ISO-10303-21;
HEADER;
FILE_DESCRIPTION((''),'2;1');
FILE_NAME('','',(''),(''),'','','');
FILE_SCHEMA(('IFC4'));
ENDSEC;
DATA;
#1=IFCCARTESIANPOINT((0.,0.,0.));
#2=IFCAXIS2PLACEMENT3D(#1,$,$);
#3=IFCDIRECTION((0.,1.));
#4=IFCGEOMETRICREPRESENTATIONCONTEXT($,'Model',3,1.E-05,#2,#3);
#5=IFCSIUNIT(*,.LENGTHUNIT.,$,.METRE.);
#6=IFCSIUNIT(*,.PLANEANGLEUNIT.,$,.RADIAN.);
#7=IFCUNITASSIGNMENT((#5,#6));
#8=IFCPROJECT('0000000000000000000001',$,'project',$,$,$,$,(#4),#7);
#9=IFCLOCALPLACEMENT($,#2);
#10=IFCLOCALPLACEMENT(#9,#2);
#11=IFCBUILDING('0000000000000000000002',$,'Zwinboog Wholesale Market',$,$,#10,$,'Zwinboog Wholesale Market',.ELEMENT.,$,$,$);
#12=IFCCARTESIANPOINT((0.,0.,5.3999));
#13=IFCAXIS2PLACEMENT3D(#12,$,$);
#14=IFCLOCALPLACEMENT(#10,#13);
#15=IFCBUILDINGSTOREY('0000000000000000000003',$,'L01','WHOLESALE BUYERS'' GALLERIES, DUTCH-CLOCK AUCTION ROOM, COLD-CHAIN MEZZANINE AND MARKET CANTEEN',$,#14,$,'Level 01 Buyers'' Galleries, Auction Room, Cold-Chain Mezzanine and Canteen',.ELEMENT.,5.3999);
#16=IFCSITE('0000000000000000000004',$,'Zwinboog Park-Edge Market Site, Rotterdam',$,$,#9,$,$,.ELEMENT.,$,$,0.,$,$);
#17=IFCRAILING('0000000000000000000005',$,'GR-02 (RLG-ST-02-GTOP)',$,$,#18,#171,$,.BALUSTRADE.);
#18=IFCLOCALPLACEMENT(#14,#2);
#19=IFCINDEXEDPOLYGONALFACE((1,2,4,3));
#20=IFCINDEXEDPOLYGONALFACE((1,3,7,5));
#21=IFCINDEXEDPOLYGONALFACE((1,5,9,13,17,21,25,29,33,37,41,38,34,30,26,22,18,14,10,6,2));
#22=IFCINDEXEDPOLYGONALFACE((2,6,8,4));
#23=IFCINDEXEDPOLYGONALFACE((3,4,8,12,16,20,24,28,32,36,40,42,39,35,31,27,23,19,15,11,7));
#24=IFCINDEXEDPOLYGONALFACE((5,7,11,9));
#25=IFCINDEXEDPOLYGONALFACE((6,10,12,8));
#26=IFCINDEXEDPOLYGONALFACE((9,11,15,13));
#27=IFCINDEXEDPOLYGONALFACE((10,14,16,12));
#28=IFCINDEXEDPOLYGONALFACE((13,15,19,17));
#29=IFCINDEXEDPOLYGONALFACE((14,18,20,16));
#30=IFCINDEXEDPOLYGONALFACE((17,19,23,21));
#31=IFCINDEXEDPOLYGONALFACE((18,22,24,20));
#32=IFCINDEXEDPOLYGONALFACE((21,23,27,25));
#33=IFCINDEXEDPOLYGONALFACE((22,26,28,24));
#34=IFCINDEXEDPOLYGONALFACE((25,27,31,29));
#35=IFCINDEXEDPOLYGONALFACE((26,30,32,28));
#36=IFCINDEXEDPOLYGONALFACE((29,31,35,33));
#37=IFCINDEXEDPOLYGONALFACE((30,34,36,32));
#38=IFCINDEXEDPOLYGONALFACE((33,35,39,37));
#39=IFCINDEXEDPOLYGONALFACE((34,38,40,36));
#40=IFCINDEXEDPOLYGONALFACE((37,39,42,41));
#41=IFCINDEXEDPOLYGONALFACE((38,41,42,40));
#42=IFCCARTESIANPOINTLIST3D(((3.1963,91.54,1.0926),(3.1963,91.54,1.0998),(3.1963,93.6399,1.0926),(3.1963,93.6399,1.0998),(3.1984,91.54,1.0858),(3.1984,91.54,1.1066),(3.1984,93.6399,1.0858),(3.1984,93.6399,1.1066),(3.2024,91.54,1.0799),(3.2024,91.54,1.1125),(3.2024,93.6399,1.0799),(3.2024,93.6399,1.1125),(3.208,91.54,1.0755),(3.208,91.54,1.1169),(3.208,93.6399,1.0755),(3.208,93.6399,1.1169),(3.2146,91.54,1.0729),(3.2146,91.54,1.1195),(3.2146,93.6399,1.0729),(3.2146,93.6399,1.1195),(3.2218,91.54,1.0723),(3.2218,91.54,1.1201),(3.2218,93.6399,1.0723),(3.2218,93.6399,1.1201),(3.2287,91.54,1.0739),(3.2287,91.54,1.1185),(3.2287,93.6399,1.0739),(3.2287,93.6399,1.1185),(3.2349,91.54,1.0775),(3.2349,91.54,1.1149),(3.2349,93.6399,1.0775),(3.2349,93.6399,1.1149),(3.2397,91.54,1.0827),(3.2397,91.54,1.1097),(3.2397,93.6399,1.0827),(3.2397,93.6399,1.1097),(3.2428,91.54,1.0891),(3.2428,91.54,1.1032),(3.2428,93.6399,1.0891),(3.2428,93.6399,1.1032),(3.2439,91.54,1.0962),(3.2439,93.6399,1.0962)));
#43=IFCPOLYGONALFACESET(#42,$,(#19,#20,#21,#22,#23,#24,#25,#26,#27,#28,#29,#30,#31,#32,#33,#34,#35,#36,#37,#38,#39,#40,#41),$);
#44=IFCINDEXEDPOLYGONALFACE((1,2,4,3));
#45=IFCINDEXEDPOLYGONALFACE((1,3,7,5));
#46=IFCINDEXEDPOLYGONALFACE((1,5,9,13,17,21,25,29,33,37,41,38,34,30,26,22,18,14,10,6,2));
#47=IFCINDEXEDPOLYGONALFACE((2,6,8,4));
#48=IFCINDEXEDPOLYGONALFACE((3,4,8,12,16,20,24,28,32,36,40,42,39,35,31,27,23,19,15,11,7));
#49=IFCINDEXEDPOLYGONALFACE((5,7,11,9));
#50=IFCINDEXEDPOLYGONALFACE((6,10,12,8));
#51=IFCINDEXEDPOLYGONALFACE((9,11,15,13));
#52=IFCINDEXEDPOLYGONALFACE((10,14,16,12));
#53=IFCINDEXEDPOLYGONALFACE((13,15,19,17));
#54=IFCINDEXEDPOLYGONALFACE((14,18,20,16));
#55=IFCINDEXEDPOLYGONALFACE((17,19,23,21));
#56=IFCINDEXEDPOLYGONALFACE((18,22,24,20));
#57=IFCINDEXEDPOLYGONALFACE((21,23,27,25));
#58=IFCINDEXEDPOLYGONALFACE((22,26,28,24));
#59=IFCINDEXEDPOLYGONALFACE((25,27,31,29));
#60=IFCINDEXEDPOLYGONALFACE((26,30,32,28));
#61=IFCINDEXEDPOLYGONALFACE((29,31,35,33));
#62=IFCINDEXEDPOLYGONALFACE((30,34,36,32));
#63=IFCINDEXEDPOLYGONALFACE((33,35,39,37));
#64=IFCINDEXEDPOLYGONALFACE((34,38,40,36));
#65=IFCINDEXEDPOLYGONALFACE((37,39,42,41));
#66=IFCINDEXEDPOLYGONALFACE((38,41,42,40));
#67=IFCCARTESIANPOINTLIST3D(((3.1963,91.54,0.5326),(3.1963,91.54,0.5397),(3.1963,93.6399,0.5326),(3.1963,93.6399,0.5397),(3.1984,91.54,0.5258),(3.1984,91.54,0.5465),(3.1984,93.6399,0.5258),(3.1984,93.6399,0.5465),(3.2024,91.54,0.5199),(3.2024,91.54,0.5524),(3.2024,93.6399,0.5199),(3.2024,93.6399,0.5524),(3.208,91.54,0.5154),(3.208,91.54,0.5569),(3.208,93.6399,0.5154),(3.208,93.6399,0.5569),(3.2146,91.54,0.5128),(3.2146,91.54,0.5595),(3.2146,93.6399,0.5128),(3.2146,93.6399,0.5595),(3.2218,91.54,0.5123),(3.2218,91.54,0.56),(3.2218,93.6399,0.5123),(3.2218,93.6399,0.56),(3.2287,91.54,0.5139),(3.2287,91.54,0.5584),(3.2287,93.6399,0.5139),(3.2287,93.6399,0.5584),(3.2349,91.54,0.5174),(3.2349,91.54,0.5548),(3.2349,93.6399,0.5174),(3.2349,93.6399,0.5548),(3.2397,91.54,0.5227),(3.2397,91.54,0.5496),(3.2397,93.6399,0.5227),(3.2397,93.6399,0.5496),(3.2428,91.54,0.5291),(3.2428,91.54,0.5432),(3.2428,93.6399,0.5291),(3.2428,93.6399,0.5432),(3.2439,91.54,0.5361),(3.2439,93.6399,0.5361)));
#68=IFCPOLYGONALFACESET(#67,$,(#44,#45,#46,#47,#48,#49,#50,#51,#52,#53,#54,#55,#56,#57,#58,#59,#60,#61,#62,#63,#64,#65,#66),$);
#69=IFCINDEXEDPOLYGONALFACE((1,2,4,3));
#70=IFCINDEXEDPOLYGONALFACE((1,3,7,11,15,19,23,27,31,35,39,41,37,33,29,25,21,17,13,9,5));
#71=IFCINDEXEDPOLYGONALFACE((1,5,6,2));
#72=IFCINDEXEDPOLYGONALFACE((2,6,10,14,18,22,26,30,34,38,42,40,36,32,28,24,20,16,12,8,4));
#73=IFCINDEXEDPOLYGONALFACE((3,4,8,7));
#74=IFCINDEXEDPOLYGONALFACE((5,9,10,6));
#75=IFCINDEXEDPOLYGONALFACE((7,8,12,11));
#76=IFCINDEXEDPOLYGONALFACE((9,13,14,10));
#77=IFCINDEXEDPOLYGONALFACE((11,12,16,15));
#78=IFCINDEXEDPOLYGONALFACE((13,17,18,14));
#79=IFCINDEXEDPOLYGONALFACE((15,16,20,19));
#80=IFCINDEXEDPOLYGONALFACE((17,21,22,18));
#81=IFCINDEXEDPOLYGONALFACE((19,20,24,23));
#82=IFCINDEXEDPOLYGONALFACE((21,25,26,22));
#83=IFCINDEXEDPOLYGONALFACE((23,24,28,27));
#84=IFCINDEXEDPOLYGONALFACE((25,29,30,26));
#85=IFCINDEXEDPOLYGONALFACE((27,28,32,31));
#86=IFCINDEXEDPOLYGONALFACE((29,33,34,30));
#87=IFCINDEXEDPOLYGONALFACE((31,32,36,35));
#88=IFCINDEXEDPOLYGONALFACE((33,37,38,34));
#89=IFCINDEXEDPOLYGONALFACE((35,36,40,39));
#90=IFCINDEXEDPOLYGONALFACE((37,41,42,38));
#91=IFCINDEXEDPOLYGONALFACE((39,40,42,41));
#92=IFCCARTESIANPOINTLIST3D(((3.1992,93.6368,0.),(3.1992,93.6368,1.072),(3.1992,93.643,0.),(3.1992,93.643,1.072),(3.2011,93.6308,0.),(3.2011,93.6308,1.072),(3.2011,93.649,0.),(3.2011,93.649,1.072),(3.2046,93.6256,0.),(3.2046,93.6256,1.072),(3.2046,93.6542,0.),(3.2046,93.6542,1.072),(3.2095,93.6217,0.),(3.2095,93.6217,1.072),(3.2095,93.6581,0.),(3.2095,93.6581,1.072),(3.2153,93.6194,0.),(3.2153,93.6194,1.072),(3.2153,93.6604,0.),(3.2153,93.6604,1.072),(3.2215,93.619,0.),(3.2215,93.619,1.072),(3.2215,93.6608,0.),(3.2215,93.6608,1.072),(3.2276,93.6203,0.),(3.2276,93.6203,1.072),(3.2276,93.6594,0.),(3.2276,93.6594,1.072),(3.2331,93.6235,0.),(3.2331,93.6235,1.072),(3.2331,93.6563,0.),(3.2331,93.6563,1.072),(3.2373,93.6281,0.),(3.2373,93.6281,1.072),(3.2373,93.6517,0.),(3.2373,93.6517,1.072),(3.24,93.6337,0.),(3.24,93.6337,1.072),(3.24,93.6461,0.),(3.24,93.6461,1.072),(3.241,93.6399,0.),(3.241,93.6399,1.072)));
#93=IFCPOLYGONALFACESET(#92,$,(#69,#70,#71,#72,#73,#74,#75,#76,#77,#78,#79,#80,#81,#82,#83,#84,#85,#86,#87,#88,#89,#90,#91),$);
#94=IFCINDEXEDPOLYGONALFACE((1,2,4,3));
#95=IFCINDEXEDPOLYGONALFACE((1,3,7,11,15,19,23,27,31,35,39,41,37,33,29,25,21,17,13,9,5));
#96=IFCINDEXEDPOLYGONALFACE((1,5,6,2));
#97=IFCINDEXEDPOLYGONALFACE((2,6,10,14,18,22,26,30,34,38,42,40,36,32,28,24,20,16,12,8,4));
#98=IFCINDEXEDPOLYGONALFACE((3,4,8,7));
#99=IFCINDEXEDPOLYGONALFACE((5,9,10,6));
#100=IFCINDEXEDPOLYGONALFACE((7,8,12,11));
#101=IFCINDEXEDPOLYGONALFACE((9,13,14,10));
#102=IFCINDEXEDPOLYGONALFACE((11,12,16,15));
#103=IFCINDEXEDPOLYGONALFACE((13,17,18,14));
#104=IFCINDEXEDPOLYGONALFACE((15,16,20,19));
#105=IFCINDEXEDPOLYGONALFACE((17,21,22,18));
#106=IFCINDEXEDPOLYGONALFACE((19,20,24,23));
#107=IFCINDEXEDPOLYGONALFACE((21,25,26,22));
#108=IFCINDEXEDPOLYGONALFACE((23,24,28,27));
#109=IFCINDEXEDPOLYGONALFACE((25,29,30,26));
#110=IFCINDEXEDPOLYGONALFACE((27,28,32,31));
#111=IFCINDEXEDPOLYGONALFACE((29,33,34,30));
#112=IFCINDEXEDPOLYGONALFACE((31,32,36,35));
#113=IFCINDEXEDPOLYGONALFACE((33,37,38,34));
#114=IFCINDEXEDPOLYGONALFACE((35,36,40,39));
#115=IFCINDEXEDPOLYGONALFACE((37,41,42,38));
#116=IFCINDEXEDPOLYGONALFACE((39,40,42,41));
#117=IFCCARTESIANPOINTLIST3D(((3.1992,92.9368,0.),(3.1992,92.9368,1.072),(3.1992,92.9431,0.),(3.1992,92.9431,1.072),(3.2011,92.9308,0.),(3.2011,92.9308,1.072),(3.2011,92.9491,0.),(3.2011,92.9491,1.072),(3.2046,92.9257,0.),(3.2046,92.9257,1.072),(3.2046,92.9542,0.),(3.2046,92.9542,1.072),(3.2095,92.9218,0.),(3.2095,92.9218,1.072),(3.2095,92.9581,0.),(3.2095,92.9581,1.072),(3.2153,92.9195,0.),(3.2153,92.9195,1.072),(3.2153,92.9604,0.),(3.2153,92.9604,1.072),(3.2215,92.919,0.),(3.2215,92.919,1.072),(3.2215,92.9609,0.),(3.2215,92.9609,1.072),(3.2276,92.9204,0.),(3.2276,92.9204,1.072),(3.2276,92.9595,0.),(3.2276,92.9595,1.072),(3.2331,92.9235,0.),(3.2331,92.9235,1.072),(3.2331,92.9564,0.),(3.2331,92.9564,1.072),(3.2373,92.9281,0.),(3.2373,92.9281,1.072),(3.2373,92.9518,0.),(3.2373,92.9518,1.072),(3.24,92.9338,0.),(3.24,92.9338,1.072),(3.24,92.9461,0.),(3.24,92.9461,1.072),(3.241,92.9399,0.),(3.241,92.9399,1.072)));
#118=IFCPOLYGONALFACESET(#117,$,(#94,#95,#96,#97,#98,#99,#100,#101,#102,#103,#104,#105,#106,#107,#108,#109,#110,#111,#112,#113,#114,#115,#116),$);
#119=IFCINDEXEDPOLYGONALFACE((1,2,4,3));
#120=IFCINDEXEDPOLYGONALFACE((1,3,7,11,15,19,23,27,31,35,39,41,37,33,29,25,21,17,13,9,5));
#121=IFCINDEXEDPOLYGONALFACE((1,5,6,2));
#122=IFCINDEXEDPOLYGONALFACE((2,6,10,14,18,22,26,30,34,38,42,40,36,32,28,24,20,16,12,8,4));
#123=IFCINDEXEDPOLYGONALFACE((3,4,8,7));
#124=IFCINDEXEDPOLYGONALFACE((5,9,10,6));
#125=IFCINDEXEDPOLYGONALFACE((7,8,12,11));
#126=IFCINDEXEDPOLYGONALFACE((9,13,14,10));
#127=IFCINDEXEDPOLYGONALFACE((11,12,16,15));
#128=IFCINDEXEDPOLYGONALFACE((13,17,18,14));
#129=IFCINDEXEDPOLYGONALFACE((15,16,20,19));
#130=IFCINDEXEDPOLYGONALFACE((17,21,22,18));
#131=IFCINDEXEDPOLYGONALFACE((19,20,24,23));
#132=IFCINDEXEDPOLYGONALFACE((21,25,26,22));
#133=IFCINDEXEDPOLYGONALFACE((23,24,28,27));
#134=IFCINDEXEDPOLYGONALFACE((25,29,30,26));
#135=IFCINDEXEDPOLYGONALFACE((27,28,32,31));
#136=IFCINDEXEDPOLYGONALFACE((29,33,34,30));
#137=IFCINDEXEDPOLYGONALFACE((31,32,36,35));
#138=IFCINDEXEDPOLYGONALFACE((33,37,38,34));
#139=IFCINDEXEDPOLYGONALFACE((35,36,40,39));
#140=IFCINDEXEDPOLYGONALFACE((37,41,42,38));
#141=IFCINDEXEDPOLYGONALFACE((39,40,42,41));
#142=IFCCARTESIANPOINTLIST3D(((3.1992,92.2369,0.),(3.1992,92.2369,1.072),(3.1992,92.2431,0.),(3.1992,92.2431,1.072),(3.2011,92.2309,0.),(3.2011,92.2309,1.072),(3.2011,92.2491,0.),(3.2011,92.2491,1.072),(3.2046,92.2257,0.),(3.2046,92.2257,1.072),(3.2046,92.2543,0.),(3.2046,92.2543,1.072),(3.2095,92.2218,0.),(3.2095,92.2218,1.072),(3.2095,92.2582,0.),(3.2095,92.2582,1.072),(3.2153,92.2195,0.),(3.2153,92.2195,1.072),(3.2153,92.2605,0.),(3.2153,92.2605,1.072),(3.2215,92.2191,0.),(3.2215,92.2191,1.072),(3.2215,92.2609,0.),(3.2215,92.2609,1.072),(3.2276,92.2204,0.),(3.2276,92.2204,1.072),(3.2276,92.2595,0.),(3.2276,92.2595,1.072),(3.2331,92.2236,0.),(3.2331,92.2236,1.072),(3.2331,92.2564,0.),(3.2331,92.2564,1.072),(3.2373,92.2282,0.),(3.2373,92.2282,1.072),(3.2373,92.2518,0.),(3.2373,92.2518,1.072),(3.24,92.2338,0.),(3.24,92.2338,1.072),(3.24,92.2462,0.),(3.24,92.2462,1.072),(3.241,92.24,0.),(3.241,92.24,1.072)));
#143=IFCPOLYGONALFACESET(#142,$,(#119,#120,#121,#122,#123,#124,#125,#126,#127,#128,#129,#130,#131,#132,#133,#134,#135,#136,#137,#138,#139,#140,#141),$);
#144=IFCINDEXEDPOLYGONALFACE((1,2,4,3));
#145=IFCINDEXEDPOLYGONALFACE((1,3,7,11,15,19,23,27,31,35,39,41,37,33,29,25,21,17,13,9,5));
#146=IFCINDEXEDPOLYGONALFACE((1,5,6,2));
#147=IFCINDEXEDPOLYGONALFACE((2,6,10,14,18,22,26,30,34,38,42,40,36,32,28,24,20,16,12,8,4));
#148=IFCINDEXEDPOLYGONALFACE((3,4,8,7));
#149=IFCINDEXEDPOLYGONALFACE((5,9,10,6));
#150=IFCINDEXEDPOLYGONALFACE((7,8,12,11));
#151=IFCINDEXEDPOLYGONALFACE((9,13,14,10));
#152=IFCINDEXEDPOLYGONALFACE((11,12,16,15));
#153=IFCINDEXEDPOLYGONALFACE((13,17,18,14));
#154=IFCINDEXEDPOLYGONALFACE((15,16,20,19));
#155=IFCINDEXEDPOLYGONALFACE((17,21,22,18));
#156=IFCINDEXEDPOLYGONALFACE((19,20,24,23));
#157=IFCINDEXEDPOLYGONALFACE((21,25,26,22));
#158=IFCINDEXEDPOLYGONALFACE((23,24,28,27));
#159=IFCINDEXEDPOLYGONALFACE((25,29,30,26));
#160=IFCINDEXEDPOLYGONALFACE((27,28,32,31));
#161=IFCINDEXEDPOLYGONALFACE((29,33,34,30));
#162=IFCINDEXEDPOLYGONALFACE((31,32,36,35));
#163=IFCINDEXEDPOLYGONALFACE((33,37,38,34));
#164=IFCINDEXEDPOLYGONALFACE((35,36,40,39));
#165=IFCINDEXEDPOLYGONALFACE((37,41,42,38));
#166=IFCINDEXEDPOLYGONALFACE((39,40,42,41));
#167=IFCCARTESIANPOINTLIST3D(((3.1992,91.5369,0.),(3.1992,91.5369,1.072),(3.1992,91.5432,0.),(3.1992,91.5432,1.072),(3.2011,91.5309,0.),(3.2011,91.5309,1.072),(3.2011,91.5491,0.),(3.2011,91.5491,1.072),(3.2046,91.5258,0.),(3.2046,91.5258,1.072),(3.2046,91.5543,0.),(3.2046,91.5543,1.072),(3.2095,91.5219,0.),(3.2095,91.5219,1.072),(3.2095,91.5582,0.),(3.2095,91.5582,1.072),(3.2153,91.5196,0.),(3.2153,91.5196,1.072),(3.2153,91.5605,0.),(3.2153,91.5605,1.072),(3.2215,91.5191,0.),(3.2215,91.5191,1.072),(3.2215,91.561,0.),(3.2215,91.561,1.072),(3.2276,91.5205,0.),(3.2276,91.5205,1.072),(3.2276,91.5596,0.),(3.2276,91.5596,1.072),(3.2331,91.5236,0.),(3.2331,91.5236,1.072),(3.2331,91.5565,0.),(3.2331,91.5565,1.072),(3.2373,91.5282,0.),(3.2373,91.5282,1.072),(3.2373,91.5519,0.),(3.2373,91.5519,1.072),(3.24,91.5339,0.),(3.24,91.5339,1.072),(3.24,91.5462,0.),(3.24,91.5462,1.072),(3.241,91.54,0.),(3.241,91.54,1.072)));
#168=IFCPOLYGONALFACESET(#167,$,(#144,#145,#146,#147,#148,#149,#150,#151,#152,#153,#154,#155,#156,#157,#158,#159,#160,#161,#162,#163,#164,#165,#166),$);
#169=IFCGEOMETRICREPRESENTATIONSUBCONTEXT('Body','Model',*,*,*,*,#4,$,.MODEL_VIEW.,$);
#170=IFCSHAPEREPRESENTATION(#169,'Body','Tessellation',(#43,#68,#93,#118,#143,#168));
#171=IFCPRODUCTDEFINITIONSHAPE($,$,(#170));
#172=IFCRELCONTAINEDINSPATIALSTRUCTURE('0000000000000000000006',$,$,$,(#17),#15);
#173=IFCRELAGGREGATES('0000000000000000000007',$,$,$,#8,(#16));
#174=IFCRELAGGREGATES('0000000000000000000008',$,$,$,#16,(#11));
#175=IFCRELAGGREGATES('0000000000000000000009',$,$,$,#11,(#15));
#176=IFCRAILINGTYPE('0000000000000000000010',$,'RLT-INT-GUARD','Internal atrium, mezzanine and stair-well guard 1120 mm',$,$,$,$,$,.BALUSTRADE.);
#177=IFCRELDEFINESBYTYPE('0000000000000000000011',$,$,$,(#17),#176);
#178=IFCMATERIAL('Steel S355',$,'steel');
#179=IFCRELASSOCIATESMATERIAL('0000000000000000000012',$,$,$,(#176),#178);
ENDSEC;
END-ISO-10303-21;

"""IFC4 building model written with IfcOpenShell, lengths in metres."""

from ifc_helpers import new_model, si_unit, direction, frame, origin, origin_2d, place, context, subcontext, project, spatial, circle, extrude, material, type_object, element, save


model = new_model("IFC4")

# Units and contexts
model_context = context("Model", 3, precision=1e-05, world=origin(), true_north=direction((0.0, 1.0)))
body_context = subcontext(model_context, "Body", "Model", "MODEL_VIEW")
ifc_project = project(units=[si_unit("LENGTHUNIT", "METRE"), si_unit("PLANEANGLEUNIT", "RADIAN")], contexts=[model_context])

# Site, building, storey
site_placement = place(None, origin())
site = spatial("IfcSite", under=ifc_project, at=site_placement, Name="Zwinboog Park-Edge Market Site, Rotterdam", CompositionType="ELEMENT", RefElevation=0.0)
building_placement = place(site_placement, origin())
building = spatial("IfcBuilding", under=site, at=building_placement, Name="Zwinboog Wholesale Market", LongName="Zwinboog Wholesale Market", CompositionType="ELEMENT")
storey_placement = place(building_placement, frame((0.0, 0.0, 5.3999)))
storey = spatial("IfcBuildingStorey", under=building, at=storey_placement, Name="L01", Description="WHOLESALE BUYERS' GALLERIES, DUTCH-CLOCK AUCTION ROOM, COLD-CHAIN MEZZANINE AND MARKET CANTEEN", LongName="Level 01 Buyers' Galleries, Auction Room, Cold-Chain Mezzanine and Canteen", CompositionType="ELEMENT", Elevation=5.3999)

# Shared definitions
ifc_material_1 = material(Name="Steel S355", Category="steel")

# Railing
railing_type = type_object("IfcRailingType", Name="RLT-INT-GUARD", Description="Internal atrium, mezzanine and stair-well guard 1120 mm", PredefinedType="BALUSTRADE", material=ifc_material_1)
railing_placement = place(storey_placement, frame((3.22, 93.6399, 0.0)))
element("IfcRailing", 1, at=railing_placement, inside=storey, type_object=railing_type, Name="GR-02 (RLG-ST-02-GTOP)", PredefinedType="BALUSTRADE", context=body_context, shape_type="SweptSolid", body=[
    extrude(circle(Radius=0.0239, at=origin_2d()), frame((0.0, 0.0, 1.0962), z_axis=(0.0, -1.0, 0.0), x_axis=(1.0, 0.0, 0.0)), (0.0, 0.0, 1.0), 2.0999),
    extrude(circle(Radius=0.0239, at=origin_2d()), frame((0.0, 0.0, 0.5361), z_axis=(0.0, -1.0, 0.0), x_axis=(1.0, 0.0, 0.0)), (0.0, 0.0, 1.0), 2.0999),
    extrude(circle(Radius=0.021, at=origin_2d()), origin(), (0.0, 0.0, 1.0), 1.072),
    extrude(circle(Radius=0.021, at=origin_2d()), frame((0.0, -0.7, 0.0)), (0.0, 0.0, 1.0), 1.072),
    extrude(circle(Radius=0.021, at=origin_2d()), frame((0.0, -1.3999, 0.0)), (0.0, 0.0, 1.0), 1.072),
    extrude(circle(Radius=0.021, at=origin_2d()), frame((0.0, -2.0999, 0.0)), (0.0, 0.0, 1.0), 1.072),
])

save(model, "model.ifc")
